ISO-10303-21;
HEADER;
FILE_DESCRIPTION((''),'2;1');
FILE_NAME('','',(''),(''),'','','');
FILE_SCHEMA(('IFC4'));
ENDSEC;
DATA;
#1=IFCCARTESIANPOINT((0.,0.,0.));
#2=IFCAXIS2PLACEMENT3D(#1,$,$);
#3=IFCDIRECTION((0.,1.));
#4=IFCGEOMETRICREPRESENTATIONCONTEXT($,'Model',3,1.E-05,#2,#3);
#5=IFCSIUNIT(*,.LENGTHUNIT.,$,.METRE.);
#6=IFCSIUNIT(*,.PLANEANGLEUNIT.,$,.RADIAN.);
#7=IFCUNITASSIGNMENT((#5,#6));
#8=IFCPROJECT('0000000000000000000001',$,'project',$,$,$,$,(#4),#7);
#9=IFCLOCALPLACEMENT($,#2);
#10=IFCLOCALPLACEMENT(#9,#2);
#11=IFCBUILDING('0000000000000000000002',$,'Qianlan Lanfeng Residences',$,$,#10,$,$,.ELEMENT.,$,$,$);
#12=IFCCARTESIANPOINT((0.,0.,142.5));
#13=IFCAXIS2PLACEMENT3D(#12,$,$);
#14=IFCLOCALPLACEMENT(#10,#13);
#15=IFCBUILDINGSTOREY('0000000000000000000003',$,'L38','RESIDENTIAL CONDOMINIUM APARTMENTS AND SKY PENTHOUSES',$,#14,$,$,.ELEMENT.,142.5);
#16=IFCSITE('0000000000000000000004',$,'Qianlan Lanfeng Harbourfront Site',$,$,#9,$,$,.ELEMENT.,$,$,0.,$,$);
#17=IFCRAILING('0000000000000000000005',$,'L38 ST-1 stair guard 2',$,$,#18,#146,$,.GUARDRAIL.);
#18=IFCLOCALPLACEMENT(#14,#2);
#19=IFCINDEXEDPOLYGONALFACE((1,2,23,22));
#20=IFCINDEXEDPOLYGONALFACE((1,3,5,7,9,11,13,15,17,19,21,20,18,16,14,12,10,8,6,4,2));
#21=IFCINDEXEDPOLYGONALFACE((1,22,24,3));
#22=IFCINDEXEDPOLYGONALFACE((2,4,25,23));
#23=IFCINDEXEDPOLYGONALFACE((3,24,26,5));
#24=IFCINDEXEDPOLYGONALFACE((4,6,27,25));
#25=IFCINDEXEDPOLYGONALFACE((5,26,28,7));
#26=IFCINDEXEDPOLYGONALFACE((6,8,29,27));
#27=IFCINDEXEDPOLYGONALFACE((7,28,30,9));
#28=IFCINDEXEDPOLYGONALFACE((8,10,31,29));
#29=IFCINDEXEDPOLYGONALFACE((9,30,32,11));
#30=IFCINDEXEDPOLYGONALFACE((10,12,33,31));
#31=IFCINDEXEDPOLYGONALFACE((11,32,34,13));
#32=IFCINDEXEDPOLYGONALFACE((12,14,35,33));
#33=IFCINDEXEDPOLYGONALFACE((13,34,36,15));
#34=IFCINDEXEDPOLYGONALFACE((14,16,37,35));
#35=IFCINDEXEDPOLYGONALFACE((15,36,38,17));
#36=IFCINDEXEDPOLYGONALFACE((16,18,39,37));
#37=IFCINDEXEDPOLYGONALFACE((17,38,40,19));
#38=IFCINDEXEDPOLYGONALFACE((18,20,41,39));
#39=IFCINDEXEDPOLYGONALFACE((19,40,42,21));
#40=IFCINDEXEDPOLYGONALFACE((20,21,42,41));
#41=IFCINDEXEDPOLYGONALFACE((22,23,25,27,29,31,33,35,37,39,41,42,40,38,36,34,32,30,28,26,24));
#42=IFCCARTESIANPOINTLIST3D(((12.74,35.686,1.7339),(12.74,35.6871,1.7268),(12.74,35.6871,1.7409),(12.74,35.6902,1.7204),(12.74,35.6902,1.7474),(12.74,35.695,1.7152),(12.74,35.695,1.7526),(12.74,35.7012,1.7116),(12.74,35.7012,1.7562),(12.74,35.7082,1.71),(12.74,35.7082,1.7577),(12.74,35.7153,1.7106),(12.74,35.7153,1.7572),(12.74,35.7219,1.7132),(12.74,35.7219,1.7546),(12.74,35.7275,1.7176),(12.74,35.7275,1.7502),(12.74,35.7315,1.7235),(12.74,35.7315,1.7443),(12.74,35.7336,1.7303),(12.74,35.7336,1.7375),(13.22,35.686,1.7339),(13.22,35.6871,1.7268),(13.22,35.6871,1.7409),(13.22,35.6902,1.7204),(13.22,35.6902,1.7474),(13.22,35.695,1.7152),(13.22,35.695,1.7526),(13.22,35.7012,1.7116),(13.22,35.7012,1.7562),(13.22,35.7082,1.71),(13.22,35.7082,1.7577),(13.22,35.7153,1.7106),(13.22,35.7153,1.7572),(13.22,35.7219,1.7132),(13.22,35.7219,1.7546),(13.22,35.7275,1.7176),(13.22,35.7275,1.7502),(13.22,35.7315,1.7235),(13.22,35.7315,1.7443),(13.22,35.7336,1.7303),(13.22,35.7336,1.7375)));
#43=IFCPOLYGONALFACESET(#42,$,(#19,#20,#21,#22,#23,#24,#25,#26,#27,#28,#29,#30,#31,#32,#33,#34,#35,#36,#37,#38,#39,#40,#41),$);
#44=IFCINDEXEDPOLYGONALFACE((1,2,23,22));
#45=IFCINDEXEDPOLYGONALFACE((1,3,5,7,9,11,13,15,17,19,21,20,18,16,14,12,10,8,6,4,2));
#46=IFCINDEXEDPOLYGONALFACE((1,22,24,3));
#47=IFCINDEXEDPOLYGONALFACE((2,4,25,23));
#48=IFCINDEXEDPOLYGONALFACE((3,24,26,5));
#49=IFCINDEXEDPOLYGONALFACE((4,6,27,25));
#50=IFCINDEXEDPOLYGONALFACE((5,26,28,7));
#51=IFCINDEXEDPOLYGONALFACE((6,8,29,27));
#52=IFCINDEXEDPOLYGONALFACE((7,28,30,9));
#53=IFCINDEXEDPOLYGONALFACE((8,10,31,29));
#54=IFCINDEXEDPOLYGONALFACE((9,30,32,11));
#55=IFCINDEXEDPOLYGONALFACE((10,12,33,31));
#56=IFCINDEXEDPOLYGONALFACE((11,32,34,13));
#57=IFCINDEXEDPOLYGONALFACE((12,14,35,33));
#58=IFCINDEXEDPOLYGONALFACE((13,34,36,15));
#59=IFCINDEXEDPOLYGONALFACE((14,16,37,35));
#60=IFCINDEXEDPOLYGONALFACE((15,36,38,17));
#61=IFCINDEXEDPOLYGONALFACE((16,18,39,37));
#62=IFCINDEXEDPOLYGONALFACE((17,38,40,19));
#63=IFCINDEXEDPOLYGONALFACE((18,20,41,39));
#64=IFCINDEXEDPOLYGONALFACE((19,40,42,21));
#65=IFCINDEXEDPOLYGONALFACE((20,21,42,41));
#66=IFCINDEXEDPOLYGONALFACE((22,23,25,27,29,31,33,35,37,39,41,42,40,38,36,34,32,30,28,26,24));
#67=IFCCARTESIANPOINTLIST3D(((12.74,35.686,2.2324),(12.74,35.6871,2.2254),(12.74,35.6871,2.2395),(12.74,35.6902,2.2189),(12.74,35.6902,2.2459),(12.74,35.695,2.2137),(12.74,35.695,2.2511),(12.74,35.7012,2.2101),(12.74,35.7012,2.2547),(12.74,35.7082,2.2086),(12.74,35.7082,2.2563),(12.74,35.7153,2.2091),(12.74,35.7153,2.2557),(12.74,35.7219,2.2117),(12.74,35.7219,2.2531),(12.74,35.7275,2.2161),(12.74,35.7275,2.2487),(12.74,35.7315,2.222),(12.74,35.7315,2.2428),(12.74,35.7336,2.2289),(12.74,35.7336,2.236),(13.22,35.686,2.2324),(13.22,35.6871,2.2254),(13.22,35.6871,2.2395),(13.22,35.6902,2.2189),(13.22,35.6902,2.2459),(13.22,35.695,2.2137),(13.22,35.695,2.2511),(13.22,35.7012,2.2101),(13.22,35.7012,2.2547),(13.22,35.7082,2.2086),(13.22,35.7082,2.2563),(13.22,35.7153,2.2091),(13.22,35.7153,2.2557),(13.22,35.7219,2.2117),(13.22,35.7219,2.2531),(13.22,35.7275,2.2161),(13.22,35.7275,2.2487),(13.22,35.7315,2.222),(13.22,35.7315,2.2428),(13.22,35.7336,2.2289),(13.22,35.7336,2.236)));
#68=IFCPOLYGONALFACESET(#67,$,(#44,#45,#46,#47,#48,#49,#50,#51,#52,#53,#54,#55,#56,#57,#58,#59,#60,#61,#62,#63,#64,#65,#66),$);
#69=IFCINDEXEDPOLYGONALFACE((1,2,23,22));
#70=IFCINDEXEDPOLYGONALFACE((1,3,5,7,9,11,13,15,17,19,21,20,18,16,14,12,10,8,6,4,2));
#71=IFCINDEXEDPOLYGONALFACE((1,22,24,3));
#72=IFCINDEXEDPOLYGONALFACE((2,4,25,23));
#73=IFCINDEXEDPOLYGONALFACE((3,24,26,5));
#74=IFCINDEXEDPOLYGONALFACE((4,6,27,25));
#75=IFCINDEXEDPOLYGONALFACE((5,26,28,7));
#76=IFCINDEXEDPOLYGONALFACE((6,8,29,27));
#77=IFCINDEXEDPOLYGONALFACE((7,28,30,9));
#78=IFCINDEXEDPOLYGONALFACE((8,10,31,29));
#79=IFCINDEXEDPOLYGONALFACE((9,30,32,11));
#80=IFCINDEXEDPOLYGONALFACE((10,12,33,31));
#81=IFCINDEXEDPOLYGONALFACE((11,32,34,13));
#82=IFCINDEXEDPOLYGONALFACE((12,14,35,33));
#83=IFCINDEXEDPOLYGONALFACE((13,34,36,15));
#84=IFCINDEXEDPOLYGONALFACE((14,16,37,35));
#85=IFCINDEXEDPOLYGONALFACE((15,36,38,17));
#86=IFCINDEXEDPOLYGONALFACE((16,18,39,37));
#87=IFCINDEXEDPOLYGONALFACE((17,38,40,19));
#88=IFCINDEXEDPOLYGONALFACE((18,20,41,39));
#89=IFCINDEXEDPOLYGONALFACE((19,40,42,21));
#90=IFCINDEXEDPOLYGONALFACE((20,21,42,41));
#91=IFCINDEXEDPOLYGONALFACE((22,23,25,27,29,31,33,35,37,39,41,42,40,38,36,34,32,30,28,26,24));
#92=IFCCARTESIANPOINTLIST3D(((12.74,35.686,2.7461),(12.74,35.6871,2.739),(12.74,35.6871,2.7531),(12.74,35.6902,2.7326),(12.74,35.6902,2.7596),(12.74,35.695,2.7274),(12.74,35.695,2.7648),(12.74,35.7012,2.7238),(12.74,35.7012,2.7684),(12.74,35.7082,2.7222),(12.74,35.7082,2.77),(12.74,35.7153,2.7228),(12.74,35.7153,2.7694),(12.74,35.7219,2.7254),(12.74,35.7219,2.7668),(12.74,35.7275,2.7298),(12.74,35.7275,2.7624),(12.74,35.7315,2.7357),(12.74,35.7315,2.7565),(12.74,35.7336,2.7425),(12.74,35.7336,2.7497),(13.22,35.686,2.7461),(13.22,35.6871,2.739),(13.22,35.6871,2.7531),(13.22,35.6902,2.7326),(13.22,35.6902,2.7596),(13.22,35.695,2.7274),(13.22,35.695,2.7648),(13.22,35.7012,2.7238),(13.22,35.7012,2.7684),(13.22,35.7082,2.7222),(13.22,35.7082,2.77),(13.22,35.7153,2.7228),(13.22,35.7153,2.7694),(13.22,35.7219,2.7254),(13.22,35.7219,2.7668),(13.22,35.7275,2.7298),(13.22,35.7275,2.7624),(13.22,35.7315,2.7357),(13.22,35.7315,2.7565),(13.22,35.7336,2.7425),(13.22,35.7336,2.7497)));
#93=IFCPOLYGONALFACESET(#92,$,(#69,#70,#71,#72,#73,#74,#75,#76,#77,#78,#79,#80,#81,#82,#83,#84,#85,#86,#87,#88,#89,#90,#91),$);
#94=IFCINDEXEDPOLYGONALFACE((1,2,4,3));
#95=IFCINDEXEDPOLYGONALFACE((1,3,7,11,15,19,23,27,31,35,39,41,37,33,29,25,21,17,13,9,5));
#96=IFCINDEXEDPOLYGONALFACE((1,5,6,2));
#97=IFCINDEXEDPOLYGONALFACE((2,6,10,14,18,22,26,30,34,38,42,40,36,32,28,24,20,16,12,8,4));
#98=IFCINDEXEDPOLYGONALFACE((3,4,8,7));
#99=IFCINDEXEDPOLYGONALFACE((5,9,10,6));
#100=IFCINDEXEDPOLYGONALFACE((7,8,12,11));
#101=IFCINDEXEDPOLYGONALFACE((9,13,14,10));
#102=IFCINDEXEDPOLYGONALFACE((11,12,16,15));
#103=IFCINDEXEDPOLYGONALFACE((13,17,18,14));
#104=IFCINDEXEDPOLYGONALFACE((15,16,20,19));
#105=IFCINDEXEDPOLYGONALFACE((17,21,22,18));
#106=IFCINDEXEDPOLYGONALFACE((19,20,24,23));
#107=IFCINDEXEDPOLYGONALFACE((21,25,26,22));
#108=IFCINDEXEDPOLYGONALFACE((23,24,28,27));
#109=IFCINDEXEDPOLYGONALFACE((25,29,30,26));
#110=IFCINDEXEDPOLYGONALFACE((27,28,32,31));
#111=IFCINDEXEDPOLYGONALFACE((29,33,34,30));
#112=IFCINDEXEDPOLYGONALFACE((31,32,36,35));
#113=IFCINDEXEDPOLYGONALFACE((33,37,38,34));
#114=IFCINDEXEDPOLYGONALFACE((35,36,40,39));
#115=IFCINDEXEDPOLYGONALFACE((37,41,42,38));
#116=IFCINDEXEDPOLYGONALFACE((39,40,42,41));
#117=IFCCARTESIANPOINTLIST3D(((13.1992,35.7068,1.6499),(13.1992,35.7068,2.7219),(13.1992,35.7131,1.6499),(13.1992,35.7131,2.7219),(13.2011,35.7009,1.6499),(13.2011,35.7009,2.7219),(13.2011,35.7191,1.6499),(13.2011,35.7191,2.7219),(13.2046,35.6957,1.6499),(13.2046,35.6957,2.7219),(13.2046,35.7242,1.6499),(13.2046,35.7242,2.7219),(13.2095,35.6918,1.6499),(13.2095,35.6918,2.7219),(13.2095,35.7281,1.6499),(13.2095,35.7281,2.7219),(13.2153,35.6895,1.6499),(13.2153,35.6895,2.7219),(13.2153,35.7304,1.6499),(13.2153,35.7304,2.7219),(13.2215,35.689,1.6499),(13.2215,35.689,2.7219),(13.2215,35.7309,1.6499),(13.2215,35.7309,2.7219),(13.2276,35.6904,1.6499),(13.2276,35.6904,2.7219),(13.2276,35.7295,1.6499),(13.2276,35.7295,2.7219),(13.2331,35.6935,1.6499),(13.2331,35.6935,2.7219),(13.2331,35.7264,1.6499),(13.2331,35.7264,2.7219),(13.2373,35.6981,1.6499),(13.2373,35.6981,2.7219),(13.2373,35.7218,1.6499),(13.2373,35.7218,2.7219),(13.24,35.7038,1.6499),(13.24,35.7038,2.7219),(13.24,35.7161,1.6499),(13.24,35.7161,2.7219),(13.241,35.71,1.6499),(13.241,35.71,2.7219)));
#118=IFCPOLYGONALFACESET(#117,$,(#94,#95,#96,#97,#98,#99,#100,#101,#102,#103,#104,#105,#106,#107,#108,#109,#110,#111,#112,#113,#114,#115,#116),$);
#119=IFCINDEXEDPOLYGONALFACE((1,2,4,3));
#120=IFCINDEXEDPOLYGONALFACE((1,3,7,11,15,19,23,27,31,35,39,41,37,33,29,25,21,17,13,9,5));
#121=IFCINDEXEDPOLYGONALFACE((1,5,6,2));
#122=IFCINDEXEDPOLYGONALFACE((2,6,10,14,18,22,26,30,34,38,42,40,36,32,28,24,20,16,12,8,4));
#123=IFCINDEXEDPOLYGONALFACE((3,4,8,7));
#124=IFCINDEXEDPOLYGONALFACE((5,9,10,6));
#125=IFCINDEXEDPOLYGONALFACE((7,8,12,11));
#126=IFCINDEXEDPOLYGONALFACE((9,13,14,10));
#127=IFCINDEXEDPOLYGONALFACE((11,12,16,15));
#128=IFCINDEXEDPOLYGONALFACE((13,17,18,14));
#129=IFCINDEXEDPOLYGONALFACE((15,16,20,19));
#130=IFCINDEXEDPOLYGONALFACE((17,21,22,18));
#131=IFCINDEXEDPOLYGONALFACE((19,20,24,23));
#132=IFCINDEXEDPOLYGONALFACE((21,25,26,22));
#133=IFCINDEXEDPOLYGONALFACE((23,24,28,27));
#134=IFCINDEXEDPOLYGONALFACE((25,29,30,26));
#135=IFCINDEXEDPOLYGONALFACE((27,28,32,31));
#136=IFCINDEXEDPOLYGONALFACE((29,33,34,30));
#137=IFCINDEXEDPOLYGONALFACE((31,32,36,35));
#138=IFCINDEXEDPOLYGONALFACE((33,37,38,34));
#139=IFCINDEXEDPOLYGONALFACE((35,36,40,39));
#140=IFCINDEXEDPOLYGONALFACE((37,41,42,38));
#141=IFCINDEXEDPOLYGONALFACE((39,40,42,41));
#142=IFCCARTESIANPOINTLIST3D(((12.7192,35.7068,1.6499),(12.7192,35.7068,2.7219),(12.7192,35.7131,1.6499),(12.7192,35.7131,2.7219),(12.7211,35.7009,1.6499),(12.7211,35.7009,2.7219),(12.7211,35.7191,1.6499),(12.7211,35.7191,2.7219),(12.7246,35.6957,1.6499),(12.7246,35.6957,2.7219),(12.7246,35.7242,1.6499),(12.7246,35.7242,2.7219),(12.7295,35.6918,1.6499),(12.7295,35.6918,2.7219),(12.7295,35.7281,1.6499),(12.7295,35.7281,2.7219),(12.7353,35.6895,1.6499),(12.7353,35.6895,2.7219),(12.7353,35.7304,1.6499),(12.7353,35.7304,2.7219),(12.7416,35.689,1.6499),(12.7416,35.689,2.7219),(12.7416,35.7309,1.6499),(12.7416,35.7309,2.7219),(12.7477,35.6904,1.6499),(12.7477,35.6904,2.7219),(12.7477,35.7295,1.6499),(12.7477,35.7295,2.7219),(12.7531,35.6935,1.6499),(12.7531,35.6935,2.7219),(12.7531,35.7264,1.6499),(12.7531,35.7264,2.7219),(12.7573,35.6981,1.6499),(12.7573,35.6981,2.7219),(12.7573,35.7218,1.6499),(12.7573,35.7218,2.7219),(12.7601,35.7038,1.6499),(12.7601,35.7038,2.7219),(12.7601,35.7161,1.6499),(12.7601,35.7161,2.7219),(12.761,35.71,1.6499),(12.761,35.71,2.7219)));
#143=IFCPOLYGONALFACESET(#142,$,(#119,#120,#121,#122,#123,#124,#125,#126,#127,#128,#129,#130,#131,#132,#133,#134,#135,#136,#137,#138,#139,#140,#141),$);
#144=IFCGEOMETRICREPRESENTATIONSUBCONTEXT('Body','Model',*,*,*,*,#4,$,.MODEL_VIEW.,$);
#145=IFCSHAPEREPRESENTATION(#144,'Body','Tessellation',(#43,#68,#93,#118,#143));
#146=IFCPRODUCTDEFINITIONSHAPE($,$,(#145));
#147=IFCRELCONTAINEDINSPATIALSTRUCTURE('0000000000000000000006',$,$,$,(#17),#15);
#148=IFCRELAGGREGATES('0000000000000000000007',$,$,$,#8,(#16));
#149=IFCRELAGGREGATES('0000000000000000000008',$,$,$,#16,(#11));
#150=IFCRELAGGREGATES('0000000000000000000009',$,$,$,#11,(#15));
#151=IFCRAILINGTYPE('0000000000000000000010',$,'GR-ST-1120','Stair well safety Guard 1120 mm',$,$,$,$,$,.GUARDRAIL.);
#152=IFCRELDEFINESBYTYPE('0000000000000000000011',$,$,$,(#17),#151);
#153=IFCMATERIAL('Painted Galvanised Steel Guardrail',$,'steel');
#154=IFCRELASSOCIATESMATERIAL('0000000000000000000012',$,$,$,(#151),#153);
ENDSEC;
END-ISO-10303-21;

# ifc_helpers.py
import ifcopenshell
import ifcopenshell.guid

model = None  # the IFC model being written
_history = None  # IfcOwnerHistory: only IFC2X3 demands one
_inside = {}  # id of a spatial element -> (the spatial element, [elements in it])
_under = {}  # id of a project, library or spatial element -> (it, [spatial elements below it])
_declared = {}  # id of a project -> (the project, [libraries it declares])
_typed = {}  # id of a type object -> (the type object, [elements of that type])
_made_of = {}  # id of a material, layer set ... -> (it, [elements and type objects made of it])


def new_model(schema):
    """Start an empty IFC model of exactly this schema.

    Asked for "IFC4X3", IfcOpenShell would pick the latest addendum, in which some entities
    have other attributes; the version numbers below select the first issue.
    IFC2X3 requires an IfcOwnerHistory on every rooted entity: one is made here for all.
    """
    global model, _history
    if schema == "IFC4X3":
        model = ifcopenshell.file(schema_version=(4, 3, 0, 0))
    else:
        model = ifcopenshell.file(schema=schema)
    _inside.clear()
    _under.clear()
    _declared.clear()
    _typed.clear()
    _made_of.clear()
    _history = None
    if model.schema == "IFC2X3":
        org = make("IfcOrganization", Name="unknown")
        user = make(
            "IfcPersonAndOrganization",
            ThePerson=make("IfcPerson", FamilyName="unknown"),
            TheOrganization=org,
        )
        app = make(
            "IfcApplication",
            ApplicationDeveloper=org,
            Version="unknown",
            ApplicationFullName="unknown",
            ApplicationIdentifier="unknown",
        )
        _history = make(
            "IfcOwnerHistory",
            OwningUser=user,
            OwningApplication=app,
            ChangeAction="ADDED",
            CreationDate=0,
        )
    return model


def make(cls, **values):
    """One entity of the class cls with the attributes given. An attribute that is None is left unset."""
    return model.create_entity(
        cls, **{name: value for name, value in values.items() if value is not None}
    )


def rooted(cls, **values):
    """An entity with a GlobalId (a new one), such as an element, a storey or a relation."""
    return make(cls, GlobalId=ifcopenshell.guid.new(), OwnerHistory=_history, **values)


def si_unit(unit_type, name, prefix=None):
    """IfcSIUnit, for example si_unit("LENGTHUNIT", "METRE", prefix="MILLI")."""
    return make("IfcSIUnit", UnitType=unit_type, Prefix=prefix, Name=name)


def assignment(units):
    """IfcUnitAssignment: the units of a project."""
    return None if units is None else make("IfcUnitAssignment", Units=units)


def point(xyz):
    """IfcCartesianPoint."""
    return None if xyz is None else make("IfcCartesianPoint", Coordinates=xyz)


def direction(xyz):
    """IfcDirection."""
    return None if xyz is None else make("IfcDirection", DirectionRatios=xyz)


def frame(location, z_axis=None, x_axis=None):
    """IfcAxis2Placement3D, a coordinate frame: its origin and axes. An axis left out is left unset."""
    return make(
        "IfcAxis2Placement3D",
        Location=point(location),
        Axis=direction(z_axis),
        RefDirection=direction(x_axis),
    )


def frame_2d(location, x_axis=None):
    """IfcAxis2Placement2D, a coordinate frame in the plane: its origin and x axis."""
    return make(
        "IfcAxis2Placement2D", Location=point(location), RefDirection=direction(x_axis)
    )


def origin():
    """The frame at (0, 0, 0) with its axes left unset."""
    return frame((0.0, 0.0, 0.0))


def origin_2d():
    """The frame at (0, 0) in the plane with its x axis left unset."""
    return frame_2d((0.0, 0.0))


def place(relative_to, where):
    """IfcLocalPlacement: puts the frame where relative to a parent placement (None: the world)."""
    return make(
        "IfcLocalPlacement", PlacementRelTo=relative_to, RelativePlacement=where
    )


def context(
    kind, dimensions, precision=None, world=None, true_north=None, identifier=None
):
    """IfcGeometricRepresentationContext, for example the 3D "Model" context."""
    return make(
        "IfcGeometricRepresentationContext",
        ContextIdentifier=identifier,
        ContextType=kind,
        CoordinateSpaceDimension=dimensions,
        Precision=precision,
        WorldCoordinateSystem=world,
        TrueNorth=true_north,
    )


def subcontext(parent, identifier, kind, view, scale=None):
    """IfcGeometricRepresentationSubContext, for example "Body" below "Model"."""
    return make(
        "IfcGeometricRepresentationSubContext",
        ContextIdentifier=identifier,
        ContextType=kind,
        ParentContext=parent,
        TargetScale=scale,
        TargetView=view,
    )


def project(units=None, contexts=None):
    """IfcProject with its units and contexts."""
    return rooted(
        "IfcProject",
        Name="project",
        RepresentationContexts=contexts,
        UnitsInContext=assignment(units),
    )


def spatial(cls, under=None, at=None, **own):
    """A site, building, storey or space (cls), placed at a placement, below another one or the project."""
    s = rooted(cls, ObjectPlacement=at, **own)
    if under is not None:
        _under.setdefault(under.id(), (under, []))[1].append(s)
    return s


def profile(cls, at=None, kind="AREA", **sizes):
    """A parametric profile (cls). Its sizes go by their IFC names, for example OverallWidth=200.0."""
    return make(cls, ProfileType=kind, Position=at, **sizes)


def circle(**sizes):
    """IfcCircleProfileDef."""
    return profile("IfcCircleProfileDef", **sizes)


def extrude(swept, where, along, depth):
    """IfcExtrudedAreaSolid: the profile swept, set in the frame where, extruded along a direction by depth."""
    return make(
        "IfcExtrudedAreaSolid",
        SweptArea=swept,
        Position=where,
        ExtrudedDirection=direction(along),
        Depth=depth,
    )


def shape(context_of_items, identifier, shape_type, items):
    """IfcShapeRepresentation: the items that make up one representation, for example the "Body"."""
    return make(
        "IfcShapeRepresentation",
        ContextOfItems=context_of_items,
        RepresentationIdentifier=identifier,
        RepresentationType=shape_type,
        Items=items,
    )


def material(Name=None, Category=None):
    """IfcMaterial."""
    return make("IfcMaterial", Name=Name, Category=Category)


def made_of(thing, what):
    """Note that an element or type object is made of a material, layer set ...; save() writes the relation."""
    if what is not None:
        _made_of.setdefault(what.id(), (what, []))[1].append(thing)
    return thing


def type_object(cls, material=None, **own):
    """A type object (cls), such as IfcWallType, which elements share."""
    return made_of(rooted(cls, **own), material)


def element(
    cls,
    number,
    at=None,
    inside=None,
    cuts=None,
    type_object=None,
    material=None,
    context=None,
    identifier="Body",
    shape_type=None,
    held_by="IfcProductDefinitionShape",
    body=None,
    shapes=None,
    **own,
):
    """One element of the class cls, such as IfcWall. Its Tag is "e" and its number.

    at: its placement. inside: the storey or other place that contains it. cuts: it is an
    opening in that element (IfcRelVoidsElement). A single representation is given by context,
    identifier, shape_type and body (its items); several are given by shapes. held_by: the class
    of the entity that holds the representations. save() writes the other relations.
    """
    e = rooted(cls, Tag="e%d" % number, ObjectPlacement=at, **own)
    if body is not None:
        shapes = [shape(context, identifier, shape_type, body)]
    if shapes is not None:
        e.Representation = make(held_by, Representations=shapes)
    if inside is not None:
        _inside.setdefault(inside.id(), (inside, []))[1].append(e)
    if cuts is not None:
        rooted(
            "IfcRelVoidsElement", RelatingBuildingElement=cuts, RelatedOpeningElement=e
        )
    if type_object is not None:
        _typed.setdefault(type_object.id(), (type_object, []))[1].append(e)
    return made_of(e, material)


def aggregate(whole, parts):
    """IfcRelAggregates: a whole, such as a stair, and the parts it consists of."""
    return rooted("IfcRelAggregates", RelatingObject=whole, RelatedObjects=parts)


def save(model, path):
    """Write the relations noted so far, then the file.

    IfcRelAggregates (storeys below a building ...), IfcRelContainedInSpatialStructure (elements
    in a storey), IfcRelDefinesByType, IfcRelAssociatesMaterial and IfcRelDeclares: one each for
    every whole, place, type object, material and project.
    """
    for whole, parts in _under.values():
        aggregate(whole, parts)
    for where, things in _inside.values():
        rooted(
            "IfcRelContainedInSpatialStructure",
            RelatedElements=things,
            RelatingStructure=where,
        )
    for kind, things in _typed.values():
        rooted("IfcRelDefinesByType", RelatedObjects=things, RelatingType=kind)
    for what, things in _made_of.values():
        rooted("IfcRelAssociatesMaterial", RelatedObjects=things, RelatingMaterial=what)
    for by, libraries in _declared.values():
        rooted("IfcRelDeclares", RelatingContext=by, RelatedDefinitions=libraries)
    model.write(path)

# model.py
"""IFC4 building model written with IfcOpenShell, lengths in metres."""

from ifc_helpers import new_model, si_unit, direction, frame, origin, origin_2d, place, context, subcontext, project, spatial, circle, extrude, material, type_object, element, save


model = new_model("IFC4")

# Units and contexts
model_context = context("Model", 3, precision=1e-05, world=origin(), true_north=direction((0.0, 1.0)))
body_context = subcontext(model_context, "Body", "Model", "MODEL_VIEW")
ifc_project = project(units=[si_unit("LENGTHUNIT", "METRE"), si_unit("PLANEANGLEUNIT", "RADIAN")], contexts=[model_context])

# Site, building, storey
site_placement = place(None, origin())
site = spatial("IfcSite", under=ifc_project, at=site_placement, Name="Qianlan Lanfeng Harbourfront Site", CompositionType="ELEMENT", RefElevation=0.0)
building_placement = place(site_placement, origin())
building = spatial("IfcBuilding", under=site, at=building_placement, Name="Qianlan Lanfeng Residences", CompositionType="ELEMENT")
storey_placement = place(building_placement, frame((0.0, 0.0, 142.5)))
storey = spatial("IfcBuildingStorey", under=building, at=storey_placement, Name="L38", Description="RESIDENTIAL CONDOMINIUM APARTMENTS AND SKY PENTHOUSES", CompositionType="ELEMENT", Elevation=142.5)

# Railing
ifc_material_1 = material(Name="Painted Galvanised Steel Guardrail", Category="steel")
railing_type_1 = type_object("IfcRailingType", Name="GR-ST-1120", Description="Stair well safety Guard 1120 mm", PredefinedType="GUARDRAIL", material=ifc_material_1)
railing_1_placement = place(storey_placement, frame((13.22, 35.71, 1.6499)))
element("IfcRailing", 1, at=railing_1_placement, inside=storey, type_object=railing_type_1, Name="L38 ST-1 stair guard 2", PredefinedType="GUARDRAIL", context=body_context, shape_type="SweptSolid", body=[
    extrude(circle(Radius=0.0239, at=origin_2d()), frame((0.0, 0.0, 0.084), z_axis=(-1.0, 0.0, 0.0), x_axis=(0.0, -1.0, 0.0)), (0.0, 0.0, 1.0), 0.48),
    extrude(circle(Radius=0.0239, at=origin_2d()), frame((0.0, 0.0, 0.5825), z_axis=(-1.0, 0.0, 0.0), x_axis=(0.0, -1.0, 0.0)), (0.0, 0.0, 1.0), 0.48),
    extrude(circle(Radius=0.0239, at=origin_2d()), frame((0.0, 0.0, 1.0962), z_axis=(-1.0, 0.0, 0.0), x_axis=(0.0, -1.0, 0.0)), (0.0, 0.0, 1.0), 0.48),
    extrude(circle(Radius=0.021, at=origin_2d()), origin(), (0.0, 0.0, 1.0), 1.072),
    extrude(circle(Radius=0.021, at=origin_2d()), frame((-0.48, 0.0, 0.0)), (0.0, 0.0, 1.0), 1.072),
])

save(model, "model.ifc")
